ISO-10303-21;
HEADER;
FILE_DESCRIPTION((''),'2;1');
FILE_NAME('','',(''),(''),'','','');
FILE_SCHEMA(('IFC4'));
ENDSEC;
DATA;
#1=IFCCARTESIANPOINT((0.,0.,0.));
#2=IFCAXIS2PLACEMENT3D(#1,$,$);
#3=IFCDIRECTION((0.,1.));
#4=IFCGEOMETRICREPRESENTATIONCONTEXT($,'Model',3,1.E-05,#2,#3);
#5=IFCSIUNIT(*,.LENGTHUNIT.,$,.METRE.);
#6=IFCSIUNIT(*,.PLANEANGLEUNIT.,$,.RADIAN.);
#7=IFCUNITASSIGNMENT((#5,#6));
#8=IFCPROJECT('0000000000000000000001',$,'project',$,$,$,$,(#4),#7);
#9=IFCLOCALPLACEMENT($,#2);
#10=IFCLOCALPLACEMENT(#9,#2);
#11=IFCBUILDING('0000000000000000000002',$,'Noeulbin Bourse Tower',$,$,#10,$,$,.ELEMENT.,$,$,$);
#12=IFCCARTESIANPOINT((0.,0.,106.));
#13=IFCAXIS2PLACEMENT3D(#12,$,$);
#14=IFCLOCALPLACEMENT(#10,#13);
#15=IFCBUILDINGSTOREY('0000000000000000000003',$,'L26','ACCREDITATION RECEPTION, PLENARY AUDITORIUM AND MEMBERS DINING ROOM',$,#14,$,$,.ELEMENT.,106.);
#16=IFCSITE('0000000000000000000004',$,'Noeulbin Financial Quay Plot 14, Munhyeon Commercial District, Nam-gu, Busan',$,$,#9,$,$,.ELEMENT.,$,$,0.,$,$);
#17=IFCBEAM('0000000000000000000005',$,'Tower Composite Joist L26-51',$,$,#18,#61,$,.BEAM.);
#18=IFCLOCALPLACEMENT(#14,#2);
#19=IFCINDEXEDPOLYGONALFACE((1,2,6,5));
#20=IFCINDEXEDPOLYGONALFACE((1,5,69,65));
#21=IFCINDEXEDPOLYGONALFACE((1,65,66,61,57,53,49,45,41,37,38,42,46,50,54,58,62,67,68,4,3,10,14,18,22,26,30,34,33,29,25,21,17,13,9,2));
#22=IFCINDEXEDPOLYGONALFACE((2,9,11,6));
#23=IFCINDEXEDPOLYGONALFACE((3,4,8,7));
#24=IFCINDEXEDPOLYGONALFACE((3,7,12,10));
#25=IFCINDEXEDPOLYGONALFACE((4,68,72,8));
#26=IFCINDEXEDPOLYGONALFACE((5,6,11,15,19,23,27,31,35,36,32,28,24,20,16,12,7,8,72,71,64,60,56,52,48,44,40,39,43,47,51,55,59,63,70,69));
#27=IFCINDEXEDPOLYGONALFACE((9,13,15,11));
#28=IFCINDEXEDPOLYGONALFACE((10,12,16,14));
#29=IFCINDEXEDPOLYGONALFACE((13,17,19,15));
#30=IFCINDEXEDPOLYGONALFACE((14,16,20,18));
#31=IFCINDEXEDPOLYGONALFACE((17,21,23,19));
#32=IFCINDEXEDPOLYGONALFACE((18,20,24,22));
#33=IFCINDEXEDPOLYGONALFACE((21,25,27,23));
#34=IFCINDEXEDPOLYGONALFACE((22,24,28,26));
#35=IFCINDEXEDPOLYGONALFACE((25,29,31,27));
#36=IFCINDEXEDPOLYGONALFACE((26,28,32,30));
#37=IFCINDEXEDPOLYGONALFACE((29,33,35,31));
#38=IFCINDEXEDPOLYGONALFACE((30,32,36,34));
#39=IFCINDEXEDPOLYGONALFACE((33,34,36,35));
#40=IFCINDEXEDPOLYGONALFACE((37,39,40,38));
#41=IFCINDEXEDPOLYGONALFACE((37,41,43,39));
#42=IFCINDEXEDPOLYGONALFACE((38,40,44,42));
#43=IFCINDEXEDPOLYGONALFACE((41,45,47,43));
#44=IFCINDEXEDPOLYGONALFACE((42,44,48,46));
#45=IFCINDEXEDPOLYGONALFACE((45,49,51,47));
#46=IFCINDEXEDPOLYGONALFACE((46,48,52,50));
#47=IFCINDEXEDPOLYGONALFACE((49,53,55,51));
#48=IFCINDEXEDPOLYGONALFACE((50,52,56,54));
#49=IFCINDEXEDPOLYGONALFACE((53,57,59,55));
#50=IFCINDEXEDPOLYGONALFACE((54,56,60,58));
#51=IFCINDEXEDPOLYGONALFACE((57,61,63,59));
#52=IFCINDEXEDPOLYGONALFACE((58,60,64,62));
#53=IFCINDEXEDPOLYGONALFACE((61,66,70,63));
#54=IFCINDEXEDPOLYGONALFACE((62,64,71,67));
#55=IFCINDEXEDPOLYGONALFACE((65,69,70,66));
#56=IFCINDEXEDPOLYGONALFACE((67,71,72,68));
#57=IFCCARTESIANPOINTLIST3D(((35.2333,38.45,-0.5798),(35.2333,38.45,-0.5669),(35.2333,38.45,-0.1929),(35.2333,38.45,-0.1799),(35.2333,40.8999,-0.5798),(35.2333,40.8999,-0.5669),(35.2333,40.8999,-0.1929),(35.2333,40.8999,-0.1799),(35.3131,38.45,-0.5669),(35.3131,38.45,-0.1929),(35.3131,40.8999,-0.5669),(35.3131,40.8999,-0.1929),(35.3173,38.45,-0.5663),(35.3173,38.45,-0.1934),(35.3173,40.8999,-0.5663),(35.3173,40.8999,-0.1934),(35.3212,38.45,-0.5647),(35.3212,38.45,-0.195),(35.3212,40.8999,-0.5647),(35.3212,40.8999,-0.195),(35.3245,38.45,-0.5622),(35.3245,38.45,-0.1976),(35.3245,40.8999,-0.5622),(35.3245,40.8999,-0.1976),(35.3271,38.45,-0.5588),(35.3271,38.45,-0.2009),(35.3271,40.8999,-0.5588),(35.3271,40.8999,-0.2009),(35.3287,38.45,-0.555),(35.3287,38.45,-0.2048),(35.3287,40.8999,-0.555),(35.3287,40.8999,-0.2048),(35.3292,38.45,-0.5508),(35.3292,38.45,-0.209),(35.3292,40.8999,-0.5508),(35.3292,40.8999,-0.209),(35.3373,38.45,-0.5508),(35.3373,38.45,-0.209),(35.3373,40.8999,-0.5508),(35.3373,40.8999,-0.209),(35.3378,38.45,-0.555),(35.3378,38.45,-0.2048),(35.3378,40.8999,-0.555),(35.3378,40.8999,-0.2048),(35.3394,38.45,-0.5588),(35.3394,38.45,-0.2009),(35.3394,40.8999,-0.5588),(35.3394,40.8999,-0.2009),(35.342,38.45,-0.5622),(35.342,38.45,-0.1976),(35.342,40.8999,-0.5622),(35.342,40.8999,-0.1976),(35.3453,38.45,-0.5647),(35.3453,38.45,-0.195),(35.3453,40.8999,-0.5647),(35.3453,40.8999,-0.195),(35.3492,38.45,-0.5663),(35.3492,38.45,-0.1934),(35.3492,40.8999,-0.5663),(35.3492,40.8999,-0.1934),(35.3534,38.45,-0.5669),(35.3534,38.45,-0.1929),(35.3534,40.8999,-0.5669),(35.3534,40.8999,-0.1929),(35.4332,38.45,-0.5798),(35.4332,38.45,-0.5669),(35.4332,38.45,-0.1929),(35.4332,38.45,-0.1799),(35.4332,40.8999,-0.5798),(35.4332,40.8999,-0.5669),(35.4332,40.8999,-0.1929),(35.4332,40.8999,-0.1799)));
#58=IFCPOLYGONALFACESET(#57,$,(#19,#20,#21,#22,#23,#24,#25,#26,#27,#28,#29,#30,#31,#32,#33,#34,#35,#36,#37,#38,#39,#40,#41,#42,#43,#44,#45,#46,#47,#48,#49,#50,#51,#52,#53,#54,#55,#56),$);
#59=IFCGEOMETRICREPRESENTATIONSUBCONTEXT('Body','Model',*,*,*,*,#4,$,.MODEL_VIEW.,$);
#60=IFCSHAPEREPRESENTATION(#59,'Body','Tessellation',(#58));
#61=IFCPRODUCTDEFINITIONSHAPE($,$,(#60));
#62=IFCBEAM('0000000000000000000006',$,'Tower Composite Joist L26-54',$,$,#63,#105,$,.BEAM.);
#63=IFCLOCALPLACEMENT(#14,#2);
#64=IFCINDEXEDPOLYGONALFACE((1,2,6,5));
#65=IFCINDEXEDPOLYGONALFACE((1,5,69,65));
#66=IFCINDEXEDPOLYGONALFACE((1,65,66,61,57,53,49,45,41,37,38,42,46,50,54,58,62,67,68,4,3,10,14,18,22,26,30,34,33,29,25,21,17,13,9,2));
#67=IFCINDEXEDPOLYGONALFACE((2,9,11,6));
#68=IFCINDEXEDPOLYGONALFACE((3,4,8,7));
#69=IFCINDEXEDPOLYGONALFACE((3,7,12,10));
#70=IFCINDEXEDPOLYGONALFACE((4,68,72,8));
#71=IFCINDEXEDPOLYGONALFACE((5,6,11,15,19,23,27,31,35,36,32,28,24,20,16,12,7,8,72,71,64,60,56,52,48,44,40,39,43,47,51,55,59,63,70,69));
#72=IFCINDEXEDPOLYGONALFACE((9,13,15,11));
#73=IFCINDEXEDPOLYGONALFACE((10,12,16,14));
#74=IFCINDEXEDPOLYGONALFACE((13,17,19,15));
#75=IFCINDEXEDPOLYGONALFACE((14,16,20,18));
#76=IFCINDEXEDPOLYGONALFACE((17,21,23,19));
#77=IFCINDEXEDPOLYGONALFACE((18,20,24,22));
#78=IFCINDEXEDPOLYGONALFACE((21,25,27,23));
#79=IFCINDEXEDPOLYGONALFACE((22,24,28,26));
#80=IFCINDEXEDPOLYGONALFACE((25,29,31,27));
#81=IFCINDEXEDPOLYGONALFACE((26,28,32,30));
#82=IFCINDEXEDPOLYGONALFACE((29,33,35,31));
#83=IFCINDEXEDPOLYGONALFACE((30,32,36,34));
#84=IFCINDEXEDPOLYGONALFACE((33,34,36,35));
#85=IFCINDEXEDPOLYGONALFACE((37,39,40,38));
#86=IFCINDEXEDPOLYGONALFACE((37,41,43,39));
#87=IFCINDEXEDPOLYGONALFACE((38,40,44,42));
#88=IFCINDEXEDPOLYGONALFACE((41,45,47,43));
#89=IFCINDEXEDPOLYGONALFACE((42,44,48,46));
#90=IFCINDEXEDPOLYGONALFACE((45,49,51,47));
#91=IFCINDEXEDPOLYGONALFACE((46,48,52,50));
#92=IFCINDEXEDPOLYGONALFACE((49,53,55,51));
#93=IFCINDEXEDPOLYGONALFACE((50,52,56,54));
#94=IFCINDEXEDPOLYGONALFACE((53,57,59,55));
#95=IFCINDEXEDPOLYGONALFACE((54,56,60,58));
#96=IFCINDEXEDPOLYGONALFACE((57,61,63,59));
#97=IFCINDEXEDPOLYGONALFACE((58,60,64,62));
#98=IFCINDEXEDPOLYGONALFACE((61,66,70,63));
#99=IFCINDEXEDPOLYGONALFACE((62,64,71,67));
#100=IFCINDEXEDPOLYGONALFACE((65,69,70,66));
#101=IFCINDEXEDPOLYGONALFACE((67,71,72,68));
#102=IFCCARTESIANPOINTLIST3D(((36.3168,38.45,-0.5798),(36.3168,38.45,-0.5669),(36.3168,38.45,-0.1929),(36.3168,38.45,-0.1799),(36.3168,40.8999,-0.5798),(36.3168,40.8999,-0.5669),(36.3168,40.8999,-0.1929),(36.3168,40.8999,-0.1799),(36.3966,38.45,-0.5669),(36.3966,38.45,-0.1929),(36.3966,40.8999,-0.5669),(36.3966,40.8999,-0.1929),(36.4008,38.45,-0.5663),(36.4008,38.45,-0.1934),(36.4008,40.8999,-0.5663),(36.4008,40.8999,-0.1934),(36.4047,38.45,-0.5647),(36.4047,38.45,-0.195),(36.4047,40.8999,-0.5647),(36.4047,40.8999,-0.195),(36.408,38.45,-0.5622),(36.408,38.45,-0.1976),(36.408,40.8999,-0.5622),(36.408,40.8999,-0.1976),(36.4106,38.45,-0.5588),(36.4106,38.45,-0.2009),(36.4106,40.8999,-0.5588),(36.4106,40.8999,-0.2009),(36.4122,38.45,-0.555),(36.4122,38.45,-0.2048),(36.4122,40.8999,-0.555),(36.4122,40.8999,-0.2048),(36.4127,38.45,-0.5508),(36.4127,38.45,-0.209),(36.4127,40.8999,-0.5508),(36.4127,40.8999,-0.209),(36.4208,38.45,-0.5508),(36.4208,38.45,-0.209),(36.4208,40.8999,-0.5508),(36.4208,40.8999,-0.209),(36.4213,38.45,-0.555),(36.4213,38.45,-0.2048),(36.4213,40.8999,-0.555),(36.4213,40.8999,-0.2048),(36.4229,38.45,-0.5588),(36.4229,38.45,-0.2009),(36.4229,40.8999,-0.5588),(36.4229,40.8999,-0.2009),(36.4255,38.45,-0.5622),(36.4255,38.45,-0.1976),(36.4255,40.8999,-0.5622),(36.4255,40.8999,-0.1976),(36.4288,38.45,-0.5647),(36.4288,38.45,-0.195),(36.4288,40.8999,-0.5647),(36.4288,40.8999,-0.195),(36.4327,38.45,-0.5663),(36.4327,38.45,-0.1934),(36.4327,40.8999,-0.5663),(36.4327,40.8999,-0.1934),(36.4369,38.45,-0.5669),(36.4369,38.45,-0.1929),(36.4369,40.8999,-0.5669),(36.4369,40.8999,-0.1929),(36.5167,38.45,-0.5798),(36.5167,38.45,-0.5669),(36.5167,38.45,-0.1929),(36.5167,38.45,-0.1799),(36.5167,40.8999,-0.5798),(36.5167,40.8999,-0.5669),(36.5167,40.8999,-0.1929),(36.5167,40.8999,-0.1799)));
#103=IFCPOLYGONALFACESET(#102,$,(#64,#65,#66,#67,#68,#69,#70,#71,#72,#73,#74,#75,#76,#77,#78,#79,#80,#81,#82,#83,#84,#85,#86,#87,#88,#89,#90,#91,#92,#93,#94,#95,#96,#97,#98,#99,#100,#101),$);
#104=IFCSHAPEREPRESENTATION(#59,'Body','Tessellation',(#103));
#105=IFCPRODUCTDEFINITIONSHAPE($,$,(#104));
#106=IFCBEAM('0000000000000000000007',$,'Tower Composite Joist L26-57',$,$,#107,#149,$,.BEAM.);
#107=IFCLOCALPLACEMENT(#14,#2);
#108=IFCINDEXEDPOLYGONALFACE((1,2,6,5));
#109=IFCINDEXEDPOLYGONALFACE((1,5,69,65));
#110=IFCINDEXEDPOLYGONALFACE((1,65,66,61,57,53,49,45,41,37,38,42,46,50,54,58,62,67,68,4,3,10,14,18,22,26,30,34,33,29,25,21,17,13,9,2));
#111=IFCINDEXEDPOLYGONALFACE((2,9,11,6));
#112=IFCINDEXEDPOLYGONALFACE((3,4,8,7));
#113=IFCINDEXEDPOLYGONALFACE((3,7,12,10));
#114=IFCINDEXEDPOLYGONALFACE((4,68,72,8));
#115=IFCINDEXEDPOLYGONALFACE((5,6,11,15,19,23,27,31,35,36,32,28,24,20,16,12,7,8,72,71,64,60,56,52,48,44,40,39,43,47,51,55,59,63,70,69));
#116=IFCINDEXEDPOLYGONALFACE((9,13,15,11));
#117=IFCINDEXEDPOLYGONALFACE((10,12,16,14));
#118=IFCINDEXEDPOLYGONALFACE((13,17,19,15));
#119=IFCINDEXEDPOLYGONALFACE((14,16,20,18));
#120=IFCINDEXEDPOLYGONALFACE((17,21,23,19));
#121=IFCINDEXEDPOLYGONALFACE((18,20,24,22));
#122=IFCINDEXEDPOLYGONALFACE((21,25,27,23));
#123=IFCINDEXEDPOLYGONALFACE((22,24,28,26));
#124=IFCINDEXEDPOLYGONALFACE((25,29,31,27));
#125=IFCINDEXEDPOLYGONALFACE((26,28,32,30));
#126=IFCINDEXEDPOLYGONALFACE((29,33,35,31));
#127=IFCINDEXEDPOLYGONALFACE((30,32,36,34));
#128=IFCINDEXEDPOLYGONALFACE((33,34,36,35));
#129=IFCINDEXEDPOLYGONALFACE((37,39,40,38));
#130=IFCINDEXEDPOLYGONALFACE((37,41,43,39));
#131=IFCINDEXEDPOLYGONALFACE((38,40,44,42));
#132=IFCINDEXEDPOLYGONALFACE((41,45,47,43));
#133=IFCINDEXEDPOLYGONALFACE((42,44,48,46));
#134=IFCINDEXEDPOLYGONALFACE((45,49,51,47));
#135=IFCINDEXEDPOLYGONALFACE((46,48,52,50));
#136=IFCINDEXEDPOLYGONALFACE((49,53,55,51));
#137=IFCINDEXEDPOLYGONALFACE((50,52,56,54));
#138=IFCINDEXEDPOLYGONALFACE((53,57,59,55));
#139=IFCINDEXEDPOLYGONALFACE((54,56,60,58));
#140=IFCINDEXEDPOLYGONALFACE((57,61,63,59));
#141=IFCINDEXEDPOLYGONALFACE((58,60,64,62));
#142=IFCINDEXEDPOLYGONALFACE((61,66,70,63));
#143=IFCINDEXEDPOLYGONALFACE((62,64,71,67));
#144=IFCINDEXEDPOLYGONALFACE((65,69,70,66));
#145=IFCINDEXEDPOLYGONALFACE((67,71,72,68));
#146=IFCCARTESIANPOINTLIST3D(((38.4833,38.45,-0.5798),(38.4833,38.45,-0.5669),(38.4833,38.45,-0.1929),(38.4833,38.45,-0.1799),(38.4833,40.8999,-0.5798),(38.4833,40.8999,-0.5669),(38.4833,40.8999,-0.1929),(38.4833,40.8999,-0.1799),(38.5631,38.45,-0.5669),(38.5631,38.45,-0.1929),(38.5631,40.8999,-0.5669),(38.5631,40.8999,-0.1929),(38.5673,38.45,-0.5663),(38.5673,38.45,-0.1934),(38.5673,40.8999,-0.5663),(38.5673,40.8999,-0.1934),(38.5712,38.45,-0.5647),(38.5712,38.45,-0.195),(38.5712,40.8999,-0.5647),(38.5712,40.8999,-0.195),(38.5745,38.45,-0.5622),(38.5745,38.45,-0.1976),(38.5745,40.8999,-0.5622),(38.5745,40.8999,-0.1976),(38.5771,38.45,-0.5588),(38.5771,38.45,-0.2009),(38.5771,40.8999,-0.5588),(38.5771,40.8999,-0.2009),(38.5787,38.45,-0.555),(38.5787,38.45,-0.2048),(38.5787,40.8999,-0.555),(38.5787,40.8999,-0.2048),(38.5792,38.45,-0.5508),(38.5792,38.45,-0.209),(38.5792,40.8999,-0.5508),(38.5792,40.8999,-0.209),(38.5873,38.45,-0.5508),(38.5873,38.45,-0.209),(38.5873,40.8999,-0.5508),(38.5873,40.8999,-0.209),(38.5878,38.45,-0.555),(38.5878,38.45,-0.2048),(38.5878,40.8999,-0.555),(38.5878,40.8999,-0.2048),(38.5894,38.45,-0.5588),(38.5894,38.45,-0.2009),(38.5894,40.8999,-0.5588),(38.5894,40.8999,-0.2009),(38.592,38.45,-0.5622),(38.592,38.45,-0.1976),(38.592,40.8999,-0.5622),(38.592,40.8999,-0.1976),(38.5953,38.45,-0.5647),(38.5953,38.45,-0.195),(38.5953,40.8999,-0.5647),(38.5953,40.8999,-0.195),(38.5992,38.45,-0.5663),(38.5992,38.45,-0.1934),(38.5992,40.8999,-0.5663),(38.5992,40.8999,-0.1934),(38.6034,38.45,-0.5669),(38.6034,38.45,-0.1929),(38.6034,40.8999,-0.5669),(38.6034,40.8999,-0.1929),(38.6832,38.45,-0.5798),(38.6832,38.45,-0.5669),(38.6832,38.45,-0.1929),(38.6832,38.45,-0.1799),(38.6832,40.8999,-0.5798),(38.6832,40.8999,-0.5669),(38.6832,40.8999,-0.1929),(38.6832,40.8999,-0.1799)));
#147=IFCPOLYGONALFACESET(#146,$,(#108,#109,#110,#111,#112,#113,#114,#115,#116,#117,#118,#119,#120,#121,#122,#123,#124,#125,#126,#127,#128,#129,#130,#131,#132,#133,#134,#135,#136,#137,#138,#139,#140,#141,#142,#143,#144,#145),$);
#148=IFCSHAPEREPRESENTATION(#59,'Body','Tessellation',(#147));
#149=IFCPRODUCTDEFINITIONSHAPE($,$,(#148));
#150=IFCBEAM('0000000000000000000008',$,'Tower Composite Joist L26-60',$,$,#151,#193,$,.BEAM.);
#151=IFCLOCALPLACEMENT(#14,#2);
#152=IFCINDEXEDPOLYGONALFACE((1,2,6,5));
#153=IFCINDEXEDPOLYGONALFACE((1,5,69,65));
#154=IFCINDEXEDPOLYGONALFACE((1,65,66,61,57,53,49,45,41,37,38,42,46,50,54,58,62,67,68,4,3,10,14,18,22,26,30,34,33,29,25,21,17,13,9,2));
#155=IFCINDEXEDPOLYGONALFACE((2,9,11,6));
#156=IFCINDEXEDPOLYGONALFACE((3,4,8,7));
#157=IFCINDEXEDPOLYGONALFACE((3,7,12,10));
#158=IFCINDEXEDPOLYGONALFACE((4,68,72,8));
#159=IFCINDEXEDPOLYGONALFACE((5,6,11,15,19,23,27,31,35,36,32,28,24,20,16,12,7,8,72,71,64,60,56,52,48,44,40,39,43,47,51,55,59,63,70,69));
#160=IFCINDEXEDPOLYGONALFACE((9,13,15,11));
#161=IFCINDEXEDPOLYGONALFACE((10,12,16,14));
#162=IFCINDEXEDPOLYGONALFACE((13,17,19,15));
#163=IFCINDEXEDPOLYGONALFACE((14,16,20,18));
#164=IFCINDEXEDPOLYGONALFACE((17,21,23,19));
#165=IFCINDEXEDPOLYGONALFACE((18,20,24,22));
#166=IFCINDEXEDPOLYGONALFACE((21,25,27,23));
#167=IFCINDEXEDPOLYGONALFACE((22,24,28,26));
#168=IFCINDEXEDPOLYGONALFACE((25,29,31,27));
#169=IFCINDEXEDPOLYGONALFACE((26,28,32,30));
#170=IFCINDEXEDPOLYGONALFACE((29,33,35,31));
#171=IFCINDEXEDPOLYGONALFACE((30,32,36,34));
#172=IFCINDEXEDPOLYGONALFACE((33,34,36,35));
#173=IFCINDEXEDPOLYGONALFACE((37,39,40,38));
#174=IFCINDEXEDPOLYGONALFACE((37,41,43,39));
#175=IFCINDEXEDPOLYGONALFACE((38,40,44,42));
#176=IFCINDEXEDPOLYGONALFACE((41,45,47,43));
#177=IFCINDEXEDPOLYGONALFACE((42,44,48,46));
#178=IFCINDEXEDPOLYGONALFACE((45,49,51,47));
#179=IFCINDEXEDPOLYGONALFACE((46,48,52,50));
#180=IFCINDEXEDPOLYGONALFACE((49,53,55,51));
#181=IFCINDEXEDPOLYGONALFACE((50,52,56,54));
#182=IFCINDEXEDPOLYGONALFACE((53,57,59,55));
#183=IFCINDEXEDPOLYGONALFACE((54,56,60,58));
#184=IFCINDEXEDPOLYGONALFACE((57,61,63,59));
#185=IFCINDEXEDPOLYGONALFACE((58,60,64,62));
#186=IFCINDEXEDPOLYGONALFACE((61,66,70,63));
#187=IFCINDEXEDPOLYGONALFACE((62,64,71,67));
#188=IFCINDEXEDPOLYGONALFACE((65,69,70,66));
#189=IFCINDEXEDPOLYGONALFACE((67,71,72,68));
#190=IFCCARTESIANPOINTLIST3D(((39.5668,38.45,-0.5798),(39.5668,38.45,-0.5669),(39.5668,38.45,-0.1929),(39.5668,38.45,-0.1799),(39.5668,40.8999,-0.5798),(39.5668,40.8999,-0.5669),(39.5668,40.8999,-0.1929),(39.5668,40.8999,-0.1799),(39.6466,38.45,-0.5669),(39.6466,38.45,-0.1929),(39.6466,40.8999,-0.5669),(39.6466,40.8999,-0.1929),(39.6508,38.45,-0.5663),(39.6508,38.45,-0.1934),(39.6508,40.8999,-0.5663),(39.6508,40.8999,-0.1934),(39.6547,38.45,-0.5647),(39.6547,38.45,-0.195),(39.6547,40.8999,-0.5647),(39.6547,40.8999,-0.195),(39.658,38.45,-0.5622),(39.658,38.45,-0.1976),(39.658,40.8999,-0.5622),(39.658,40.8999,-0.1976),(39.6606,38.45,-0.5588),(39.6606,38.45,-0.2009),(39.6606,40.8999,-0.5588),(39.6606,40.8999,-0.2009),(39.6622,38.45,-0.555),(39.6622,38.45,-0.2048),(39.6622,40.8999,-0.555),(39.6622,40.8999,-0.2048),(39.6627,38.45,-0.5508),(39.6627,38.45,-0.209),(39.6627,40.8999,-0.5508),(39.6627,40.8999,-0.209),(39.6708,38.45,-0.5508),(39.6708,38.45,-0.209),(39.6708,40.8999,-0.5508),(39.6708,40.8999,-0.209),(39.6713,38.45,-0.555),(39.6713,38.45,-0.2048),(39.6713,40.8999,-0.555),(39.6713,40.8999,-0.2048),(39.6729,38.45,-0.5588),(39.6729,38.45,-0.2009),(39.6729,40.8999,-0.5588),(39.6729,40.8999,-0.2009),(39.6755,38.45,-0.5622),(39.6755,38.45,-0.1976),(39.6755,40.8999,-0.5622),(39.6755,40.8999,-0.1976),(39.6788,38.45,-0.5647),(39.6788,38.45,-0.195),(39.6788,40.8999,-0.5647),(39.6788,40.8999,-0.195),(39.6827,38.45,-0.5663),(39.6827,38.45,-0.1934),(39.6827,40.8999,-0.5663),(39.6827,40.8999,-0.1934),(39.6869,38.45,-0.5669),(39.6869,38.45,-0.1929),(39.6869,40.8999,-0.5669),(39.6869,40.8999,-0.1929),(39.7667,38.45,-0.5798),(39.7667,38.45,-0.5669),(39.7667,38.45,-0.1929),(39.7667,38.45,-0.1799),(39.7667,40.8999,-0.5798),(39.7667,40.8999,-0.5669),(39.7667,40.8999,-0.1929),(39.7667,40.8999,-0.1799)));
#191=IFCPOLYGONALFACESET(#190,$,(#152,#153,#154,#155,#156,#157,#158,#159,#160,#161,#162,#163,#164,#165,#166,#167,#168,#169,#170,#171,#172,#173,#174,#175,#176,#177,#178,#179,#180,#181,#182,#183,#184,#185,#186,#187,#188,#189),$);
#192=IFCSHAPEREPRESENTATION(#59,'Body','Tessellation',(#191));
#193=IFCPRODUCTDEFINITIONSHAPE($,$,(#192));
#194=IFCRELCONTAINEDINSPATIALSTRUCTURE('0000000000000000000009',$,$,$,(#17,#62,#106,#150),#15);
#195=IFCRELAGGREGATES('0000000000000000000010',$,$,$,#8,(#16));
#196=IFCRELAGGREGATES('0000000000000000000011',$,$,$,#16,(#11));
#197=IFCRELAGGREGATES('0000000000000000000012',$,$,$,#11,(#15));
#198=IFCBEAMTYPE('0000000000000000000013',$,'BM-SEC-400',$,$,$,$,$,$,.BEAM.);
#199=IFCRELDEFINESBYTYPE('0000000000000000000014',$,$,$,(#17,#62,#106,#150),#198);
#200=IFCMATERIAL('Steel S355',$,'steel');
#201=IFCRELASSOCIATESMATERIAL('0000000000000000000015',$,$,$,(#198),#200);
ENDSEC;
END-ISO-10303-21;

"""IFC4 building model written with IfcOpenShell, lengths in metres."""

from ifc_helpers import new_model, si_unit, direction, frame, origin, origin_2d, place, context, subcontext, project, spatial, i_section, extrude, material, material_profile, profile_set, type_object, element, save


model = new_model("IFC4")

# Units and contexts
model_context = context("Model", 3, precision=1e-05, world=origin(), true_north=direction((0.0, 1.0)))
body_context = subcontext(model_context, "Body", "Model", "MODEL_VIEW")
ifc_project = project(units=[si_unit("LENGTHUNIT", "METRE"), si_unit("PLANEANGLEUNIT", "RADIAN")], contexts=[model_context])

# Site, building, storey
site_placement = place(None, origin())
site = spatial("IfcSite", under=ifc_project, at=site_placement, Name="Noeulbin Financial Quay Plot 14, Munhyeon Commercial District, Nam-gu, Busan", CompositionType="ELEMENT", RefElevation=0.0)
building_placement = place(site_placement, origin())
building = spatial("IfcBuilding", under=site, at=building_placement, Name="Noeulbin Bourse Tower", CompositionType="ELEMENT")
storey_placement = place(building_placement, frame((0.0, 0.0, 106.0)))
storey = spatial("IfcBuildingStorey", under=building, at=storey_placement, Name="L26", Description="ACCREDITATION RECEPTION, PLENARY AUDITORIUM AND MEMBERS DINING ROOM", CompositionType="ELEMENT", Elevation=106.0)

# Shared definitions
ifc_material_1 = material(Name="Steel S355", Category="steel")

# Beams
ifc_material_profile_1 = material_profile(ifc_material_1, i_section(OverallWidth=0.2, OverallDepth=0.3999, WebThickness=0.0081, FlangeThickness=0.0129, FilletRadius=0.0161, at=origin_2d()), Name="H-400x200x8x13", Category="LoadBearing")
ifc_profile_set_1 = profile_set([ifc_material_profile_1], Name="Steel S355")
beam_type_1 = type_object("IfcBeamType", Name="BM-SEC-400", PredefinedType="BEAM", material=ifc_profile_set_1)
for number, where, z_axis, x_axis, name in (
    (1, (35.3333, 38.45, -0.3799), (0.0, 1.0, 0.0), (-1.0, 0.0, 0.0), "Tower Composite Joist L26-51"),
    (2, (36.4167, 38.45, -0.3799), (0.0, 1.0, 0.0), (-1.0, 0.0, 0.0), "Tower Composite Joist L26-54"),
    (3, (38.5833, 38.45, -0.3799), (0.0, 1.0, 0.0), (-1.0, 0.0, 0.0), "Tower Composite Joist L26-57"),
    (4, (39.6667, 38.45, -0.3799), (0.0, 1.0, 0.0), (-1.0, 0.0, 0.0), "Tower Composite Joist L26-60"),
):
    element("IfcBeam", number, at=place(storey_placement, frame(where, z_axis=z_axis, x_axis=x_axis)), inside=storey, type_object=beam_type_1, Name=name, PredefinedType="BEAM", context=body_context, shape_type="SweptSolid", body=[
        extrude(i_section(OverallWidth=0.2, OverallDepth=0.3999, WebThickness=0.0081, FlangeThickness=0.0129, FilletRadius=0.0161, at=origin_2d()), origin(), (0.0, 0.0, 1.0), 2.45),
    ])

save(model, "model.ifc")
